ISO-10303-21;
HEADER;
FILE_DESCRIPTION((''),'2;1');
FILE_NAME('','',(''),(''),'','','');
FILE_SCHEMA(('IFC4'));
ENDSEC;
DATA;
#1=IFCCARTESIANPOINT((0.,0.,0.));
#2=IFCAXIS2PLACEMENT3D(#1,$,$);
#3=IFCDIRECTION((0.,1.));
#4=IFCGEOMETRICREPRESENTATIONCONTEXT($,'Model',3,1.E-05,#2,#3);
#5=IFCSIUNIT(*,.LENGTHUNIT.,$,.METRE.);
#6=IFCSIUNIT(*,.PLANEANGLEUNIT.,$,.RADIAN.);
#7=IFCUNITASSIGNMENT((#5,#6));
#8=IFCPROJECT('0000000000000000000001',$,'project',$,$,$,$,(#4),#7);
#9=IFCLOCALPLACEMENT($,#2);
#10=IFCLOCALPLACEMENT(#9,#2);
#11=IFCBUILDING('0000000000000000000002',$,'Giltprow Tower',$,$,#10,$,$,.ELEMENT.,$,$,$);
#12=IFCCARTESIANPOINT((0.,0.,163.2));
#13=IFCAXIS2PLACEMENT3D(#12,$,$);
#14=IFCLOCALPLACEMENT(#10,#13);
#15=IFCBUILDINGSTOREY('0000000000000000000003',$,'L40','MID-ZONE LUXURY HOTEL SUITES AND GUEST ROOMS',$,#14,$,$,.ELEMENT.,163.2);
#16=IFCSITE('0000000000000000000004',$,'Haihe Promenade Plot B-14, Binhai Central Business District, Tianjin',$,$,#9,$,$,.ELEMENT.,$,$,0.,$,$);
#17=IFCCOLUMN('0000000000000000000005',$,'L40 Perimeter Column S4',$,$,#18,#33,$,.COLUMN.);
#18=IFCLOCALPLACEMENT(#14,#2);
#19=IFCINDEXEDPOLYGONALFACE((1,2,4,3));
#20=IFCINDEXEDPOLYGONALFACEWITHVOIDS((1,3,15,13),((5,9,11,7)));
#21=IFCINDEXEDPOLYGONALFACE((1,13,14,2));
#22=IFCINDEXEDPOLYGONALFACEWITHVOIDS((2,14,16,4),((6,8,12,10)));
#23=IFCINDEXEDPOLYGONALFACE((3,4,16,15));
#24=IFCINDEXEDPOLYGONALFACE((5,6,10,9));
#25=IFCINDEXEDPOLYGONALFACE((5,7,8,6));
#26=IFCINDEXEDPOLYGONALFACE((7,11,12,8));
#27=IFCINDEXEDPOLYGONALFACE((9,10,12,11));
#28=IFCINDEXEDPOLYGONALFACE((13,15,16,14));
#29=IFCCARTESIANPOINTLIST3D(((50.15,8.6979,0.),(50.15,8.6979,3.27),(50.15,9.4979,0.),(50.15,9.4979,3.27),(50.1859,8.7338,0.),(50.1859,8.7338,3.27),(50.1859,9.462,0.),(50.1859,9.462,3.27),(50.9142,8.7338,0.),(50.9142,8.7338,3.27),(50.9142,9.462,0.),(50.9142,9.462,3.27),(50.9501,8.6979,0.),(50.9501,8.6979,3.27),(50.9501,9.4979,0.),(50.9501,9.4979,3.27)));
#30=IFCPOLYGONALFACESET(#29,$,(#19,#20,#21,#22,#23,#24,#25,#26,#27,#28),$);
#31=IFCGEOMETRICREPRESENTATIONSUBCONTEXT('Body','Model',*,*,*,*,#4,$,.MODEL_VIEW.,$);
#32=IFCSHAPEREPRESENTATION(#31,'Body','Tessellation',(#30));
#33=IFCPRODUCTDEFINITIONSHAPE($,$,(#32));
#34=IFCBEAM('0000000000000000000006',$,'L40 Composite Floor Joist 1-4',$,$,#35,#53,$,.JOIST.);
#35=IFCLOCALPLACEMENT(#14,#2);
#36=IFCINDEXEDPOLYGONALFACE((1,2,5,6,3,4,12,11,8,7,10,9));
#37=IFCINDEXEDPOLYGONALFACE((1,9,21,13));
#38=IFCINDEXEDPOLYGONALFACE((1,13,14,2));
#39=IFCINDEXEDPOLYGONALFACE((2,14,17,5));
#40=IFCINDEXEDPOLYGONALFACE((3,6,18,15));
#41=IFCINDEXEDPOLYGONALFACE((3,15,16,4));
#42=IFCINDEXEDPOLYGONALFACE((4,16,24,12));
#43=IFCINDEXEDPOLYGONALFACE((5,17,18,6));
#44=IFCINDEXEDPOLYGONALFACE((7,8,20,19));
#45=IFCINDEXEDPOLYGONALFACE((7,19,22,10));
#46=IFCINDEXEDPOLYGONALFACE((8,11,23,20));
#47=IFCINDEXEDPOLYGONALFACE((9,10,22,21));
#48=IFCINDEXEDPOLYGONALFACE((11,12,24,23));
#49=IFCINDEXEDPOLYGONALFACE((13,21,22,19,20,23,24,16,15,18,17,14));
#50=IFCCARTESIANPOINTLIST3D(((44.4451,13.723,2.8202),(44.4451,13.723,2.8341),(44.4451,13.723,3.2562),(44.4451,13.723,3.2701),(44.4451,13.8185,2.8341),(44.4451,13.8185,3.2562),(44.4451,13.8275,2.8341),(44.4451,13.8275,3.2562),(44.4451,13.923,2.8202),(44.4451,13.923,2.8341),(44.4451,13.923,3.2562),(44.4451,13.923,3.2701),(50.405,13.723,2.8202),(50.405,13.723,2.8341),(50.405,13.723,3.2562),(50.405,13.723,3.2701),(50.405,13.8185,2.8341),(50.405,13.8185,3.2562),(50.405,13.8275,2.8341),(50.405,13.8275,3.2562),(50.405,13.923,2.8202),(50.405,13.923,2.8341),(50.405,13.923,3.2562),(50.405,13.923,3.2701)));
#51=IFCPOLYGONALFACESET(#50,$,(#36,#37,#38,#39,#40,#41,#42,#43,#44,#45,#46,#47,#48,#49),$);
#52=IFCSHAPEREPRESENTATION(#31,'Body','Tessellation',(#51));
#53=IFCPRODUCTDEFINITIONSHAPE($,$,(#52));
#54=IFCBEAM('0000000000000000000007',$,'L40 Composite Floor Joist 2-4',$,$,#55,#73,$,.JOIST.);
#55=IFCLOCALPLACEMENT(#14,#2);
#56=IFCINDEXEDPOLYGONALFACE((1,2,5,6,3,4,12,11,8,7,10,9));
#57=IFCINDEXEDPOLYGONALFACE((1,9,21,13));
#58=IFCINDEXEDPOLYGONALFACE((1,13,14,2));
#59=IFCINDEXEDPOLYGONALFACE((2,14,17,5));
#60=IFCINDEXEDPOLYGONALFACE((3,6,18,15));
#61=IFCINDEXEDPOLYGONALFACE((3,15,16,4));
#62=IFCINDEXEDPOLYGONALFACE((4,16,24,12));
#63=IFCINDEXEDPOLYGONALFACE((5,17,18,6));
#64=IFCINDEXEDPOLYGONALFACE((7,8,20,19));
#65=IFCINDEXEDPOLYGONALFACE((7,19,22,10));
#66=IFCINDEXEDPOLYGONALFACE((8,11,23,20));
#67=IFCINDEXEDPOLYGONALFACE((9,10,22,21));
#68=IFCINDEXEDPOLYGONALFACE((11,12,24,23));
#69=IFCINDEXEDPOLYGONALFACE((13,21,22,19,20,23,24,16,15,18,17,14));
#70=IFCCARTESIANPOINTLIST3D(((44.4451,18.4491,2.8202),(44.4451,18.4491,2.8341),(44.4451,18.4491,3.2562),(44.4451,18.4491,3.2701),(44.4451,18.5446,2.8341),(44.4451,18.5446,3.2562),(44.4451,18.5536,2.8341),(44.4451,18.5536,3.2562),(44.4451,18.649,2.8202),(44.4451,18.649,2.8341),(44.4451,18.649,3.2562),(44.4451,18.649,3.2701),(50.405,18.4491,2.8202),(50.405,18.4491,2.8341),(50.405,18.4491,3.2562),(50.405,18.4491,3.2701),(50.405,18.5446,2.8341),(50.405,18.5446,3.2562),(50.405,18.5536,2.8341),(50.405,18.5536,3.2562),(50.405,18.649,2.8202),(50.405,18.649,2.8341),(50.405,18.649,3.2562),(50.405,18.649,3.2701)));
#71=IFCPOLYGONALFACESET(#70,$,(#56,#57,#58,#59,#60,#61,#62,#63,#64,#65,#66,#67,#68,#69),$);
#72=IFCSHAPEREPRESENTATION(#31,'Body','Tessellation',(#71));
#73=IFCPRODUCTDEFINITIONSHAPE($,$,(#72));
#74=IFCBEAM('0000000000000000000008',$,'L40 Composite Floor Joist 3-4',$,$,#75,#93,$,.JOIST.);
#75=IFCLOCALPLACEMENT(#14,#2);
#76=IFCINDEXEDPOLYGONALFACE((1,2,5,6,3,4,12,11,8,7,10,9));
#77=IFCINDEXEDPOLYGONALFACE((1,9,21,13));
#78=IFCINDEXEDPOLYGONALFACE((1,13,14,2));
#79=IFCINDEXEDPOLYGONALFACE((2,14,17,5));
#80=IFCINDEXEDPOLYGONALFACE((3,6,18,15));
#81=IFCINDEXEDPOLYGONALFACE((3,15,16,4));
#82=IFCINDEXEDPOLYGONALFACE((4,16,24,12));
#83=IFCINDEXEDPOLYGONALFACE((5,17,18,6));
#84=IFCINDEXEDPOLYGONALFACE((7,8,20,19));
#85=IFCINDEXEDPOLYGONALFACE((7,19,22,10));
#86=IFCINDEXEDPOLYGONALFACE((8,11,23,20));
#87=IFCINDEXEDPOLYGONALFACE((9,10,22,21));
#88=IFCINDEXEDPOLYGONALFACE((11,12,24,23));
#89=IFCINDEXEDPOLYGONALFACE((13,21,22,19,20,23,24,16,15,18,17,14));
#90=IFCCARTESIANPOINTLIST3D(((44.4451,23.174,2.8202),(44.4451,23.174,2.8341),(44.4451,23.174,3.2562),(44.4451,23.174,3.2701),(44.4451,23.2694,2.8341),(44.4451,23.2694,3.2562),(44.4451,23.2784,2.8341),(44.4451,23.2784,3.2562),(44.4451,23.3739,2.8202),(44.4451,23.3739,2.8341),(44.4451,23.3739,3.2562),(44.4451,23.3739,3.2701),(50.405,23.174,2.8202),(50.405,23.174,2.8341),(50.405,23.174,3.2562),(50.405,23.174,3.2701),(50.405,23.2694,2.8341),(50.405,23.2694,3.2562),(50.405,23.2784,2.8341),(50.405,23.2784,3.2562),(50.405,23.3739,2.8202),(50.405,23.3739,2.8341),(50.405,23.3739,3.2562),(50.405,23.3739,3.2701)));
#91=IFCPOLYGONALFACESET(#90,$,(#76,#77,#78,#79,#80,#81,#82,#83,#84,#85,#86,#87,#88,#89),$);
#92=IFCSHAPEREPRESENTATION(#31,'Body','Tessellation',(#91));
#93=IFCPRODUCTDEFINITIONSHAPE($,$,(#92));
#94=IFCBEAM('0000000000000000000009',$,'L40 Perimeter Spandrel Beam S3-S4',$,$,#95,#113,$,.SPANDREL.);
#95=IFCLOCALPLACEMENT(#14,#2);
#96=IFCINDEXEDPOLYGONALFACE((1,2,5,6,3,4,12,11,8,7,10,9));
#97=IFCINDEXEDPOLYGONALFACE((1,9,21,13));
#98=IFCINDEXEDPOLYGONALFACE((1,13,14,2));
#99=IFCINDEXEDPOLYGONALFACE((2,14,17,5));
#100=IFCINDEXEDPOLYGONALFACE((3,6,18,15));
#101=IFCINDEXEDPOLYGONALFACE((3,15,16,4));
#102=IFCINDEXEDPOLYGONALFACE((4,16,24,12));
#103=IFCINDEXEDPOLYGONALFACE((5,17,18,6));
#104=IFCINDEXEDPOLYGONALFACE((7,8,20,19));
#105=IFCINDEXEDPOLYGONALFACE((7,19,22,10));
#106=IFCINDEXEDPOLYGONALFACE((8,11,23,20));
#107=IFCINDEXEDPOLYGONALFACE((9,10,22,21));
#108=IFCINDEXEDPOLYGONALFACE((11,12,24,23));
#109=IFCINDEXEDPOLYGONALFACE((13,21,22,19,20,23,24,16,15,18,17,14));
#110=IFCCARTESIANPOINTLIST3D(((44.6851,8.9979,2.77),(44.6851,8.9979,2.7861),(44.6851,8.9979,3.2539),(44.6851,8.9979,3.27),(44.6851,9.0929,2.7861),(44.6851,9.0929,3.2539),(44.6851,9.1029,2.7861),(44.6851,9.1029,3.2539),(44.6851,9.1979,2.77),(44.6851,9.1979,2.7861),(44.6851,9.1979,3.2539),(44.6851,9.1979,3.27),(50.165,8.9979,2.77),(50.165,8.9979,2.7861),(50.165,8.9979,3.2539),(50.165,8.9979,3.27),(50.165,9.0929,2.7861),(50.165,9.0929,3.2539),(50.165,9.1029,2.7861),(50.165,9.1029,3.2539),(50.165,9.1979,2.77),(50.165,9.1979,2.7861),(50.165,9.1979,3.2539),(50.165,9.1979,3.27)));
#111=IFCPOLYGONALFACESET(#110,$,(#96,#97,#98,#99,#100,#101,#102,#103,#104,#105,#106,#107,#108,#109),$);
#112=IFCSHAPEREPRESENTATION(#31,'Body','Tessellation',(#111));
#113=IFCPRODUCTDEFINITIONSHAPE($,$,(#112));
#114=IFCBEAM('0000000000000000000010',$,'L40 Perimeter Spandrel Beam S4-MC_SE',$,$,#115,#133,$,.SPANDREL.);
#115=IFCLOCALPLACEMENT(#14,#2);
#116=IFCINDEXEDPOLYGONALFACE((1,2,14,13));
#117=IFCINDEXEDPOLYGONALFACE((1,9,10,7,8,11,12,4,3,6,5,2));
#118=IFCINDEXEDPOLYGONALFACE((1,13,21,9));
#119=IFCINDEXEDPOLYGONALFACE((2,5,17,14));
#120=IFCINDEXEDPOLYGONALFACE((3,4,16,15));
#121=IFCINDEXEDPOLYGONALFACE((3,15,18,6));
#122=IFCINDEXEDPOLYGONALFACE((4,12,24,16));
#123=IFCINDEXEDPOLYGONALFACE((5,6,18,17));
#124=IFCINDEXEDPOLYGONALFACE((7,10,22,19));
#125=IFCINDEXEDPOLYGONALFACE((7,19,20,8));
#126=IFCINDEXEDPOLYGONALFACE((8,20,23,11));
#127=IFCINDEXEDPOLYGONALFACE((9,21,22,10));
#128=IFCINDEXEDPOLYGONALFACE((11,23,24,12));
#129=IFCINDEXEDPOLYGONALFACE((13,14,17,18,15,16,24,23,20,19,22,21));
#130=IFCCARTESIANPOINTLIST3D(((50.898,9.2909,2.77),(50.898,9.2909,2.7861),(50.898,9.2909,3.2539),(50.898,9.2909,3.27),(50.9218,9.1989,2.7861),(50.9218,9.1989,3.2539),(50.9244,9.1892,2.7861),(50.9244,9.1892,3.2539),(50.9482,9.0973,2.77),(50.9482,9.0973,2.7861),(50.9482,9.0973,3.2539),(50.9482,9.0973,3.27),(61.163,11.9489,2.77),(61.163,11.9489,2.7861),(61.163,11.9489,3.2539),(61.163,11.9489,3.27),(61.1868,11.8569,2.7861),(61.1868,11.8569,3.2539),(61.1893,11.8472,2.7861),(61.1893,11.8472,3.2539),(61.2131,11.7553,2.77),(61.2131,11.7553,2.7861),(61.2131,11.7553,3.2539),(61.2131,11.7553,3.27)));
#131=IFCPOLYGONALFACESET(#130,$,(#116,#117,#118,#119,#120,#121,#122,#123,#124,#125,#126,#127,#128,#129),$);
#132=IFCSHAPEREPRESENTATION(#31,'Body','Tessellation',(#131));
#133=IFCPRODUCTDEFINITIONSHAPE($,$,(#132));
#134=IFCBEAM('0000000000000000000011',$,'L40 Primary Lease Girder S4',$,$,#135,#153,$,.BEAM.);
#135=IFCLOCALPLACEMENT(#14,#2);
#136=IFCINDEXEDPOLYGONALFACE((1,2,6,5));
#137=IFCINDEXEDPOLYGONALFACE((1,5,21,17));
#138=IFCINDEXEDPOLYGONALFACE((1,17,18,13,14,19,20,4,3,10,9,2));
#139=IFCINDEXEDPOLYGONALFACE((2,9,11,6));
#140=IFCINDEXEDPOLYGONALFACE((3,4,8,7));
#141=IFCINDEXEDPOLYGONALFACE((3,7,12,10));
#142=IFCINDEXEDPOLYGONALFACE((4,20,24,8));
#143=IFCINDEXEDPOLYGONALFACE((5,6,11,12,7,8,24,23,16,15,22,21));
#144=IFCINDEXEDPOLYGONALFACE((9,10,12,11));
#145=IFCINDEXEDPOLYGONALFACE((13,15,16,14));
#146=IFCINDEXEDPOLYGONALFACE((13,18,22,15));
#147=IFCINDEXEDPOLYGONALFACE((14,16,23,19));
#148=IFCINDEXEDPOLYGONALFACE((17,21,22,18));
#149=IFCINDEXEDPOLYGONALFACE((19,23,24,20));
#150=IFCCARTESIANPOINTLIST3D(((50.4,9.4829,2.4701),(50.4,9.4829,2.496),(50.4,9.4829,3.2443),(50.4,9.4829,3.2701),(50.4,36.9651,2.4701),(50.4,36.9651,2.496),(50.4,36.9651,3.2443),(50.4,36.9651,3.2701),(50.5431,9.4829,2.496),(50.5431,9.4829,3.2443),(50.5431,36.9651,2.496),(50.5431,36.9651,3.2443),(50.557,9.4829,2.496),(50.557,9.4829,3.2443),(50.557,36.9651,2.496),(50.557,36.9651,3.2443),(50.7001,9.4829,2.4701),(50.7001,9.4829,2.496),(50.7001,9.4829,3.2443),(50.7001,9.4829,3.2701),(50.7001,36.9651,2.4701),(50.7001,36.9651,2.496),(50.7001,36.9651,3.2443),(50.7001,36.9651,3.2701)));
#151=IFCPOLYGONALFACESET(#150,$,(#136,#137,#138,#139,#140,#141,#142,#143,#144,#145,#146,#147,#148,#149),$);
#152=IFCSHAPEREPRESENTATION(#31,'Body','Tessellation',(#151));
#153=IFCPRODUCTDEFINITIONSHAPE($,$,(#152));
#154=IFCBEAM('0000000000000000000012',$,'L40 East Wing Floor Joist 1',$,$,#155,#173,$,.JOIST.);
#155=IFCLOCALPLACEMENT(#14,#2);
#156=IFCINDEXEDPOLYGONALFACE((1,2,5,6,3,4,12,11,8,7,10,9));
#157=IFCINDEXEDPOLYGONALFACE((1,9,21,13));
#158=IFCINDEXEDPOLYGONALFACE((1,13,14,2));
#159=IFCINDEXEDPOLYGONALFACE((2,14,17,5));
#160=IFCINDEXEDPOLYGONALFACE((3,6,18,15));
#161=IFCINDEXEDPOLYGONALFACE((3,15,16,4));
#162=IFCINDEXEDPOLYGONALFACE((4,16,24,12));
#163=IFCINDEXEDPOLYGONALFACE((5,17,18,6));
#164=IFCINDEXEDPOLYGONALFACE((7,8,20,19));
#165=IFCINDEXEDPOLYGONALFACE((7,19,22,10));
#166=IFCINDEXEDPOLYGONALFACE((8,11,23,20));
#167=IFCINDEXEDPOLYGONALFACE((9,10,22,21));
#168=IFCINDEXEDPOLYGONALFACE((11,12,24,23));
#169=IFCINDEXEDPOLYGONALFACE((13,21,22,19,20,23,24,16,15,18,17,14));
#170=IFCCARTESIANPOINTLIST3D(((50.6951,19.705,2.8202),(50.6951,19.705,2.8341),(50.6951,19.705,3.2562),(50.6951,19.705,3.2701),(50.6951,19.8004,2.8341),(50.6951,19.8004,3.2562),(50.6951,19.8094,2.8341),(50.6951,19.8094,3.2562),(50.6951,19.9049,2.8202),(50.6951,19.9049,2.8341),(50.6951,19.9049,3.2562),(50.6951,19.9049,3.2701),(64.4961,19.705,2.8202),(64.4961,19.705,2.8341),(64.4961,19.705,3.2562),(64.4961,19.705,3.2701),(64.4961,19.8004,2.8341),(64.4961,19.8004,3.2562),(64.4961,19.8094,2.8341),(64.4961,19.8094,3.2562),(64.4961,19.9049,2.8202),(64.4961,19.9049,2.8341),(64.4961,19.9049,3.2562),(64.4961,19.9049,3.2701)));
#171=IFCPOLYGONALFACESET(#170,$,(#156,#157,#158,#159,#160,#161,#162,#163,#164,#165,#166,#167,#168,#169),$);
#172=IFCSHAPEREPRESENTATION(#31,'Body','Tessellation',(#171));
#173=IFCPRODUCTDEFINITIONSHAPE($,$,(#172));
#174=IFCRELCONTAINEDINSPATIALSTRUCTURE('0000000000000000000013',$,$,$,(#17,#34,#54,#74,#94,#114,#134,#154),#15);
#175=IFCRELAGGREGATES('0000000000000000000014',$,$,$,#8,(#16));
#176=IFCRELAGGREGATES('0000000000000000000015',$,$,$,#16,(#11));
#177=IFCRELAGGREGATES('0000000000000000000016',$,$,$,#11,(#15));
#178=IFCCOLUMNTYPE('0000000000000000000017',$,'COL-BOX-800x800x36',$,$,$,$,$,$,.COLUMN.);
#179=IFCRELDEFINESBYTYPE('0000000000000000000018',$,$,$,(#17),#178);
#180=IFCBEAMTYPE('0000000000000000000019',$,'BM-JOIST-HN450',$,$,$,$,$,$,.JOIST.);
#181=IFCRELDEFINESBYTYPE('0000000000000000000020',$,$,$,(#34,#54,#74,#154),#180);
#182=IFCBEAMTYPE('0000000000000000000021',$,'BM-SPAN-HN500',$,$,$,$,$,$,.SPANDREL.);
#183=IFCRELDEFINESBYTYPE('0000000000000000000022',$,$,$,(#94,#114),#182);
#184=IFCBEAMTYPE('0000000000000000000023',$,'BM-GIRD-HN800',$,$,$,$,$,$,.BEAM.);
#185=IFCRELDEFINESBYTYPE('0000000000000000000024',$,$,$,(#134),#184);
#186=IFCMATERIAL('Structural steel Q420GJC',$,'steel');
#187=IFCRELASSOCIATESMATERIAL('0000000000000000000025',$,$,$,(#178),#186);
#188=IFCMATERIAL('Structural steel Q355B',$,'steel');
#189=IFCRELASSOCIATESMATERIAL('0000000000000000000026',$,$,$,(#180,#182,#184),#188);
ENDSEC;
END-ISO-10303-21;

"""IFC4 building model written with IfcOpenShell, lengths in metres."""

from ifc_helpers import new_model, si_unit, direction, frame, origin, origin_2d, place, context, subcontext, project, spatial, hollow_rectangle, i_section, extrude, source, transform, mapped, material, material_profile, profile_set, type_object, element, save


model = new_model("IFC4")

# Units and contexts
model_context = context("Model", 3, precision=1e-05, world=origin(), true_north=direction((0.0, 1.0)))
body_context = subcontext(model_context, "Body", "Model", "MODEL_VIEW")
ifc_project = project(units=[si_unit("LENGTHUNIT", "METRE"), si_unit("PLANEANGLEUNIT", "RADIAN")], contexts=[model_context])

# Site, building, storey
site_placement = place(None, origin())
site = spatial("IfcSite", under=ifc_project, at=site_placement, Name="Haihe Promenade Plot B-14, Binhai Central Business District, Tianjin", CompositionType="ELEMENT", RefElevation=0.0)
building_placement = place(site_placement, origin())
building = spatial("IfcBuilding", under=site, at=building_placement, Name="Giltprow Tower", CompositionType="ELEMENT")
storey_placement = place(building_placement, frame((0.0, 0.0, 163.2)))
storey = spatial("IfcBuildingStorey", under=building, at=storey_placement, Name="L40", Description="MID-ZONE LUXURY HOTEL SUITES AND GUEST ROOMS", CompositionType="ELEMENT", Elevation=163.2)

# Column
ifc_material_1 = material(Name="Structural steel Q420GJC", Category="steel")
ifc_material_profile_1 = material_profile(ifc_material_1, hollow_rectangle(XDim=0.8, YDim=0.8, WallThickness=0.0359, at=origin_2d()), Name="BOX 800x800x36")
ifc_profile_set_1 = profile_set([ifc_material_profile_1], Name="Structural steel Q420GJC")
column_type = type_object("IfcColumnType", Name="COL-BOX-800x800x36", PredefinedType="COLUMN", material=ifc_profile_set_1)
shared_shape_1 = source(origin(), body_context, "Body", "SweptSolid", [
    extrude(hollow_rectangle(XDim=0.8, YDim=0.8, WallThickness=0.0359, at=origin_2d()), origin(), (0.0, 0.0, 1.0), 3.27),
])
column_placement = place(storey_placement, frame((50.55, 9.0979, 0.0), z_axis=(0.0, 0.0, 1.0), x_axis=(1.0, 0.0, 0.0)))
element("IfcColumn", 1, at=column_placement, inside=storey, type_object=column_type, Name="L40 Perimeter Column S4", PredefinedType="COLUMN", context=body_context, shape_type="MappedRepresentation", body=[
    mapped(shared_shape_1, transform((0.0, 0.0, 0.0), x_axis=(1.0, 0.0, 0.0), y_axis=(0.0, 1.0, 0.0), z_axis=(0.0, 0.0, 1.0), scale=1.0)),
])

# Beams
ifc_material_2 = material(Name="Structural steel Q355B", Category="steel")
ifc_material_profile_2 = material_profile(ifc_material_2, i_section(OverallWidth=0.2, OverallDepth=0.45, WebThickness=0.009, FlangeThickness=0.0139, at=origin_2d()), Name="HN 450x200x9x14")
ifc_profile_set_2 = profile_set([ifc_material_profile_2], Name="Structural steel Q355B")
beam_type_1 = type_object("IfcBeamType", Name="BM-JOIST-HN450", PredefinedType="JOIST", material=ifc_profile_set_2)
shared_shape_2 = source(origin(), body_context, "Body", "SweptSolid", [
    extrude(i_section(OverallWidth=0.2, OverallDepth=0.45, WebThickness=0.009, FlangeThickness=0.0139, at=origin_2d()), origin(), (0.0, 0.0, 1.0), 5.96),
])
for number, where, z_axis, x_axis, name in (
    (2, (44.4451, 13.823, 3.0452), (1.0, 0.0, 0.0), (0.0, 1.0, 0.0), "L40 Composite Floor Joist 1-4"),
    (3, (44.4451, 18.5491, 3.0452), (1.0, 0.0, 0.0), (0.0, 1.0, 0.0), "L40 Composite Floor Joist 2-4"),
    (4, (44.4451, 23.2739, 3.0452), (1.0, 0.0, 0.0), (0.0, 1.0, 0.0), "L40 Composite Floor Joist 3-4"),
):
    element("IfcBeam", number, at=place(storey_placement, frame(where, z_axis=z_axis, x_axis=x_axis)), inside=storey, type_object=beam_type_1, Name=name, PredefinedType="JOIST", context=body_context, shape_type="MappedRepresentation", body=[
        mapped(shared_shape_2, transform((0.0, 0.0, 0.0), x_axis=(1.0, 0.0, 0.0), y_axis=(0.0, 1.0, 0.0), z_axis=(0.0, 0.0, 1.0), scale=1.0)),
    ])
ifc_material_profile_3 = material_profile(ifc_material_2, i_section(OverallWidth=0.2, OverallDepth=0.5, WebThickness=0.01, FlangeThickness=0.0161, at=origin_2d()), Name="HN 500x200x10x16")
ifc_profile_set_3 = profile_set([ifc_material_profile_3], Name="Structural steel Q355B")
beam_type_2 = type_object("IfcBeamType", Name="BM-SPAN-HN500", PredefinedType="SPANDREL", material=ifc_profile_set_3)
shared_shape_3 = source(origin(), body_context, "Body", "SweptSolid", [
    extrude(i_section(OverallWidth=0.2, OverallDepth=0.5, WebThickness=0.01, FlangeThickness=0.0161, at=origin_2d()), origin(), (0.0, 0.0, 1.0), 5.48),
])
beam_1_placement = place(storey_placement, frame((44.6851, 9.0979, 3.02), z_axis=(1.0, 0.0, 0.0), x_axis=(0.0, 1.0, 0.0)))
element("IfcBeam", 5, at=beam_1_placement, inside=storey, type_object=beam_type_2, Name="L40 Perimeter Spandrel Beam S3-S4", PredefinedType="SPANDREL", context=body_context, shape_type="MappedRepresentation", body=[
    mapped(shared_shape_3, transform((0.0, 0.0, 0.0), x_axis=(1.0, 0.0, 0.0), y_axis=(0.0, 1.0, 0.0), z_axis=(0.0, 0.0, 1.0), scale=1.0)),
])
shared_shape_4 = source(origin(), body_context, "Body", "SweptSolid", [
    extrude(i_section(OverallWidth=0.2, OverallDepth=0.5, WebThickness=0.01, FlangeThickness=0.0161, at=origin_2d()), origin(), (0.0, 0.0, 1.0), 10.6035),
])
beam_2_placement = place(storey_placement, frame((50.9231, 9.1941, 3.02), z_axis=(0.968073, 0.25067, 0.0), x_axis=(-0.25067, 0.968073, 0.0)))
element("IfcBeam", 6, at=beam_2_placement, inside=storey, type_object=beam_type_2, Name="L40 Perimeter Spandrel Beam S4-MC_SE", PredefinedType="SPANDREL", context=body_context, shape_type="MappedRepresentation", body=[
    mapped(shared_shape_4, transform((0.0, 0.0, 0.0), x_axis=(1.0, 0.0, 0.0), y_axis=(0.0, 1.0, 0.0), z_axis=(0.0, 0.0, 1.0), scale=1.0)),
])
ifc_material_profile_4 = material_profile(ifc_material_2, i_section(OverallWidth=0.3, OverallDepth=0.8, WebThickness=0.0139, FlangeThickness=0.0259, at=origin_2d()), Name="HN 800x300x14x26")
ifc_profile_set_4 = profile_set([ifc_material_profile_4], Name="Structural steel Q355B")
beam_type_3 = type_object("IfcBeamType", Name="BM-GIRD-HN800", PredefinedType="BEAM", material=ifc_profile_set_4)
shared_shape_5 = source(origin(), body_context, "Body", "SweptSolid", [
    extrude(i_section(OverallWidth=0.3, OverallDepth=0.8, WebThickness=0.0139, FlangeThickness=0.0259, at=origin_2d()), origin(), (0.0, 0.0, 1.0), 27.4822),
])
beam_3_placement = place(storey_placement, frame((50.55, 9.4829, 2.8701), z_axis=(0.0, 1.0, 0.0), x_axis=(-1.0, 0.0, 0.0)))
element("IfcBeam", 7, at=beam_3_placement, inside=storey, type_object=beam_type_3, Name="L40 Primary Lease Girder S4", PredefinedType="BEAM", context=body_context, shape_type="MappedRepresentation", body=[
    mapped(shared_shape_5, transform((0.0, 0.0, 0.0), x_axis=(1.0, 0.0, 0.0), y_axis=(0.0, 1.0, 0.0), z_axis=(0.0, 0.0, 1.0), scale=1.0)),
])
shared_shape_6 = source(origin(), body_context, "Body", "SweptSolid", [
    extrude(i_section(OverallWidth=0.2, OverallDepth=0.45, WebThickness=0.009, FlangeThickness=0.0139, at=origin_2d()), origin(), (0.0, 0.0, 1.0), 13.801),
])
beam_4_placement = place(storey_placement, frame((50.6951, 19.8049, 3.0452), z_axis=(1.0, 0.0, 0.0), x_axis=(0.0, 1.0, 0.0)))
element("IfcBeam", 8, at=beam_4_placement, inside=storey, type_object=beam_type_1, Name="L40 East Wing Floor Joist 1", PredefinedType="JOIST", context=body_context, shape_type="MappedRepresentation", body=[
    mapped(shared_shape_6, transform((0.0, 0.0, 0.0), x_axis=(1.0, 0.0, 0.0), y_axis=(0.0, 1.0, 0.0), z_axis=(0.0, 0.0, 1.0), scale=1.0)),
])

save(model, "model.ifc")
